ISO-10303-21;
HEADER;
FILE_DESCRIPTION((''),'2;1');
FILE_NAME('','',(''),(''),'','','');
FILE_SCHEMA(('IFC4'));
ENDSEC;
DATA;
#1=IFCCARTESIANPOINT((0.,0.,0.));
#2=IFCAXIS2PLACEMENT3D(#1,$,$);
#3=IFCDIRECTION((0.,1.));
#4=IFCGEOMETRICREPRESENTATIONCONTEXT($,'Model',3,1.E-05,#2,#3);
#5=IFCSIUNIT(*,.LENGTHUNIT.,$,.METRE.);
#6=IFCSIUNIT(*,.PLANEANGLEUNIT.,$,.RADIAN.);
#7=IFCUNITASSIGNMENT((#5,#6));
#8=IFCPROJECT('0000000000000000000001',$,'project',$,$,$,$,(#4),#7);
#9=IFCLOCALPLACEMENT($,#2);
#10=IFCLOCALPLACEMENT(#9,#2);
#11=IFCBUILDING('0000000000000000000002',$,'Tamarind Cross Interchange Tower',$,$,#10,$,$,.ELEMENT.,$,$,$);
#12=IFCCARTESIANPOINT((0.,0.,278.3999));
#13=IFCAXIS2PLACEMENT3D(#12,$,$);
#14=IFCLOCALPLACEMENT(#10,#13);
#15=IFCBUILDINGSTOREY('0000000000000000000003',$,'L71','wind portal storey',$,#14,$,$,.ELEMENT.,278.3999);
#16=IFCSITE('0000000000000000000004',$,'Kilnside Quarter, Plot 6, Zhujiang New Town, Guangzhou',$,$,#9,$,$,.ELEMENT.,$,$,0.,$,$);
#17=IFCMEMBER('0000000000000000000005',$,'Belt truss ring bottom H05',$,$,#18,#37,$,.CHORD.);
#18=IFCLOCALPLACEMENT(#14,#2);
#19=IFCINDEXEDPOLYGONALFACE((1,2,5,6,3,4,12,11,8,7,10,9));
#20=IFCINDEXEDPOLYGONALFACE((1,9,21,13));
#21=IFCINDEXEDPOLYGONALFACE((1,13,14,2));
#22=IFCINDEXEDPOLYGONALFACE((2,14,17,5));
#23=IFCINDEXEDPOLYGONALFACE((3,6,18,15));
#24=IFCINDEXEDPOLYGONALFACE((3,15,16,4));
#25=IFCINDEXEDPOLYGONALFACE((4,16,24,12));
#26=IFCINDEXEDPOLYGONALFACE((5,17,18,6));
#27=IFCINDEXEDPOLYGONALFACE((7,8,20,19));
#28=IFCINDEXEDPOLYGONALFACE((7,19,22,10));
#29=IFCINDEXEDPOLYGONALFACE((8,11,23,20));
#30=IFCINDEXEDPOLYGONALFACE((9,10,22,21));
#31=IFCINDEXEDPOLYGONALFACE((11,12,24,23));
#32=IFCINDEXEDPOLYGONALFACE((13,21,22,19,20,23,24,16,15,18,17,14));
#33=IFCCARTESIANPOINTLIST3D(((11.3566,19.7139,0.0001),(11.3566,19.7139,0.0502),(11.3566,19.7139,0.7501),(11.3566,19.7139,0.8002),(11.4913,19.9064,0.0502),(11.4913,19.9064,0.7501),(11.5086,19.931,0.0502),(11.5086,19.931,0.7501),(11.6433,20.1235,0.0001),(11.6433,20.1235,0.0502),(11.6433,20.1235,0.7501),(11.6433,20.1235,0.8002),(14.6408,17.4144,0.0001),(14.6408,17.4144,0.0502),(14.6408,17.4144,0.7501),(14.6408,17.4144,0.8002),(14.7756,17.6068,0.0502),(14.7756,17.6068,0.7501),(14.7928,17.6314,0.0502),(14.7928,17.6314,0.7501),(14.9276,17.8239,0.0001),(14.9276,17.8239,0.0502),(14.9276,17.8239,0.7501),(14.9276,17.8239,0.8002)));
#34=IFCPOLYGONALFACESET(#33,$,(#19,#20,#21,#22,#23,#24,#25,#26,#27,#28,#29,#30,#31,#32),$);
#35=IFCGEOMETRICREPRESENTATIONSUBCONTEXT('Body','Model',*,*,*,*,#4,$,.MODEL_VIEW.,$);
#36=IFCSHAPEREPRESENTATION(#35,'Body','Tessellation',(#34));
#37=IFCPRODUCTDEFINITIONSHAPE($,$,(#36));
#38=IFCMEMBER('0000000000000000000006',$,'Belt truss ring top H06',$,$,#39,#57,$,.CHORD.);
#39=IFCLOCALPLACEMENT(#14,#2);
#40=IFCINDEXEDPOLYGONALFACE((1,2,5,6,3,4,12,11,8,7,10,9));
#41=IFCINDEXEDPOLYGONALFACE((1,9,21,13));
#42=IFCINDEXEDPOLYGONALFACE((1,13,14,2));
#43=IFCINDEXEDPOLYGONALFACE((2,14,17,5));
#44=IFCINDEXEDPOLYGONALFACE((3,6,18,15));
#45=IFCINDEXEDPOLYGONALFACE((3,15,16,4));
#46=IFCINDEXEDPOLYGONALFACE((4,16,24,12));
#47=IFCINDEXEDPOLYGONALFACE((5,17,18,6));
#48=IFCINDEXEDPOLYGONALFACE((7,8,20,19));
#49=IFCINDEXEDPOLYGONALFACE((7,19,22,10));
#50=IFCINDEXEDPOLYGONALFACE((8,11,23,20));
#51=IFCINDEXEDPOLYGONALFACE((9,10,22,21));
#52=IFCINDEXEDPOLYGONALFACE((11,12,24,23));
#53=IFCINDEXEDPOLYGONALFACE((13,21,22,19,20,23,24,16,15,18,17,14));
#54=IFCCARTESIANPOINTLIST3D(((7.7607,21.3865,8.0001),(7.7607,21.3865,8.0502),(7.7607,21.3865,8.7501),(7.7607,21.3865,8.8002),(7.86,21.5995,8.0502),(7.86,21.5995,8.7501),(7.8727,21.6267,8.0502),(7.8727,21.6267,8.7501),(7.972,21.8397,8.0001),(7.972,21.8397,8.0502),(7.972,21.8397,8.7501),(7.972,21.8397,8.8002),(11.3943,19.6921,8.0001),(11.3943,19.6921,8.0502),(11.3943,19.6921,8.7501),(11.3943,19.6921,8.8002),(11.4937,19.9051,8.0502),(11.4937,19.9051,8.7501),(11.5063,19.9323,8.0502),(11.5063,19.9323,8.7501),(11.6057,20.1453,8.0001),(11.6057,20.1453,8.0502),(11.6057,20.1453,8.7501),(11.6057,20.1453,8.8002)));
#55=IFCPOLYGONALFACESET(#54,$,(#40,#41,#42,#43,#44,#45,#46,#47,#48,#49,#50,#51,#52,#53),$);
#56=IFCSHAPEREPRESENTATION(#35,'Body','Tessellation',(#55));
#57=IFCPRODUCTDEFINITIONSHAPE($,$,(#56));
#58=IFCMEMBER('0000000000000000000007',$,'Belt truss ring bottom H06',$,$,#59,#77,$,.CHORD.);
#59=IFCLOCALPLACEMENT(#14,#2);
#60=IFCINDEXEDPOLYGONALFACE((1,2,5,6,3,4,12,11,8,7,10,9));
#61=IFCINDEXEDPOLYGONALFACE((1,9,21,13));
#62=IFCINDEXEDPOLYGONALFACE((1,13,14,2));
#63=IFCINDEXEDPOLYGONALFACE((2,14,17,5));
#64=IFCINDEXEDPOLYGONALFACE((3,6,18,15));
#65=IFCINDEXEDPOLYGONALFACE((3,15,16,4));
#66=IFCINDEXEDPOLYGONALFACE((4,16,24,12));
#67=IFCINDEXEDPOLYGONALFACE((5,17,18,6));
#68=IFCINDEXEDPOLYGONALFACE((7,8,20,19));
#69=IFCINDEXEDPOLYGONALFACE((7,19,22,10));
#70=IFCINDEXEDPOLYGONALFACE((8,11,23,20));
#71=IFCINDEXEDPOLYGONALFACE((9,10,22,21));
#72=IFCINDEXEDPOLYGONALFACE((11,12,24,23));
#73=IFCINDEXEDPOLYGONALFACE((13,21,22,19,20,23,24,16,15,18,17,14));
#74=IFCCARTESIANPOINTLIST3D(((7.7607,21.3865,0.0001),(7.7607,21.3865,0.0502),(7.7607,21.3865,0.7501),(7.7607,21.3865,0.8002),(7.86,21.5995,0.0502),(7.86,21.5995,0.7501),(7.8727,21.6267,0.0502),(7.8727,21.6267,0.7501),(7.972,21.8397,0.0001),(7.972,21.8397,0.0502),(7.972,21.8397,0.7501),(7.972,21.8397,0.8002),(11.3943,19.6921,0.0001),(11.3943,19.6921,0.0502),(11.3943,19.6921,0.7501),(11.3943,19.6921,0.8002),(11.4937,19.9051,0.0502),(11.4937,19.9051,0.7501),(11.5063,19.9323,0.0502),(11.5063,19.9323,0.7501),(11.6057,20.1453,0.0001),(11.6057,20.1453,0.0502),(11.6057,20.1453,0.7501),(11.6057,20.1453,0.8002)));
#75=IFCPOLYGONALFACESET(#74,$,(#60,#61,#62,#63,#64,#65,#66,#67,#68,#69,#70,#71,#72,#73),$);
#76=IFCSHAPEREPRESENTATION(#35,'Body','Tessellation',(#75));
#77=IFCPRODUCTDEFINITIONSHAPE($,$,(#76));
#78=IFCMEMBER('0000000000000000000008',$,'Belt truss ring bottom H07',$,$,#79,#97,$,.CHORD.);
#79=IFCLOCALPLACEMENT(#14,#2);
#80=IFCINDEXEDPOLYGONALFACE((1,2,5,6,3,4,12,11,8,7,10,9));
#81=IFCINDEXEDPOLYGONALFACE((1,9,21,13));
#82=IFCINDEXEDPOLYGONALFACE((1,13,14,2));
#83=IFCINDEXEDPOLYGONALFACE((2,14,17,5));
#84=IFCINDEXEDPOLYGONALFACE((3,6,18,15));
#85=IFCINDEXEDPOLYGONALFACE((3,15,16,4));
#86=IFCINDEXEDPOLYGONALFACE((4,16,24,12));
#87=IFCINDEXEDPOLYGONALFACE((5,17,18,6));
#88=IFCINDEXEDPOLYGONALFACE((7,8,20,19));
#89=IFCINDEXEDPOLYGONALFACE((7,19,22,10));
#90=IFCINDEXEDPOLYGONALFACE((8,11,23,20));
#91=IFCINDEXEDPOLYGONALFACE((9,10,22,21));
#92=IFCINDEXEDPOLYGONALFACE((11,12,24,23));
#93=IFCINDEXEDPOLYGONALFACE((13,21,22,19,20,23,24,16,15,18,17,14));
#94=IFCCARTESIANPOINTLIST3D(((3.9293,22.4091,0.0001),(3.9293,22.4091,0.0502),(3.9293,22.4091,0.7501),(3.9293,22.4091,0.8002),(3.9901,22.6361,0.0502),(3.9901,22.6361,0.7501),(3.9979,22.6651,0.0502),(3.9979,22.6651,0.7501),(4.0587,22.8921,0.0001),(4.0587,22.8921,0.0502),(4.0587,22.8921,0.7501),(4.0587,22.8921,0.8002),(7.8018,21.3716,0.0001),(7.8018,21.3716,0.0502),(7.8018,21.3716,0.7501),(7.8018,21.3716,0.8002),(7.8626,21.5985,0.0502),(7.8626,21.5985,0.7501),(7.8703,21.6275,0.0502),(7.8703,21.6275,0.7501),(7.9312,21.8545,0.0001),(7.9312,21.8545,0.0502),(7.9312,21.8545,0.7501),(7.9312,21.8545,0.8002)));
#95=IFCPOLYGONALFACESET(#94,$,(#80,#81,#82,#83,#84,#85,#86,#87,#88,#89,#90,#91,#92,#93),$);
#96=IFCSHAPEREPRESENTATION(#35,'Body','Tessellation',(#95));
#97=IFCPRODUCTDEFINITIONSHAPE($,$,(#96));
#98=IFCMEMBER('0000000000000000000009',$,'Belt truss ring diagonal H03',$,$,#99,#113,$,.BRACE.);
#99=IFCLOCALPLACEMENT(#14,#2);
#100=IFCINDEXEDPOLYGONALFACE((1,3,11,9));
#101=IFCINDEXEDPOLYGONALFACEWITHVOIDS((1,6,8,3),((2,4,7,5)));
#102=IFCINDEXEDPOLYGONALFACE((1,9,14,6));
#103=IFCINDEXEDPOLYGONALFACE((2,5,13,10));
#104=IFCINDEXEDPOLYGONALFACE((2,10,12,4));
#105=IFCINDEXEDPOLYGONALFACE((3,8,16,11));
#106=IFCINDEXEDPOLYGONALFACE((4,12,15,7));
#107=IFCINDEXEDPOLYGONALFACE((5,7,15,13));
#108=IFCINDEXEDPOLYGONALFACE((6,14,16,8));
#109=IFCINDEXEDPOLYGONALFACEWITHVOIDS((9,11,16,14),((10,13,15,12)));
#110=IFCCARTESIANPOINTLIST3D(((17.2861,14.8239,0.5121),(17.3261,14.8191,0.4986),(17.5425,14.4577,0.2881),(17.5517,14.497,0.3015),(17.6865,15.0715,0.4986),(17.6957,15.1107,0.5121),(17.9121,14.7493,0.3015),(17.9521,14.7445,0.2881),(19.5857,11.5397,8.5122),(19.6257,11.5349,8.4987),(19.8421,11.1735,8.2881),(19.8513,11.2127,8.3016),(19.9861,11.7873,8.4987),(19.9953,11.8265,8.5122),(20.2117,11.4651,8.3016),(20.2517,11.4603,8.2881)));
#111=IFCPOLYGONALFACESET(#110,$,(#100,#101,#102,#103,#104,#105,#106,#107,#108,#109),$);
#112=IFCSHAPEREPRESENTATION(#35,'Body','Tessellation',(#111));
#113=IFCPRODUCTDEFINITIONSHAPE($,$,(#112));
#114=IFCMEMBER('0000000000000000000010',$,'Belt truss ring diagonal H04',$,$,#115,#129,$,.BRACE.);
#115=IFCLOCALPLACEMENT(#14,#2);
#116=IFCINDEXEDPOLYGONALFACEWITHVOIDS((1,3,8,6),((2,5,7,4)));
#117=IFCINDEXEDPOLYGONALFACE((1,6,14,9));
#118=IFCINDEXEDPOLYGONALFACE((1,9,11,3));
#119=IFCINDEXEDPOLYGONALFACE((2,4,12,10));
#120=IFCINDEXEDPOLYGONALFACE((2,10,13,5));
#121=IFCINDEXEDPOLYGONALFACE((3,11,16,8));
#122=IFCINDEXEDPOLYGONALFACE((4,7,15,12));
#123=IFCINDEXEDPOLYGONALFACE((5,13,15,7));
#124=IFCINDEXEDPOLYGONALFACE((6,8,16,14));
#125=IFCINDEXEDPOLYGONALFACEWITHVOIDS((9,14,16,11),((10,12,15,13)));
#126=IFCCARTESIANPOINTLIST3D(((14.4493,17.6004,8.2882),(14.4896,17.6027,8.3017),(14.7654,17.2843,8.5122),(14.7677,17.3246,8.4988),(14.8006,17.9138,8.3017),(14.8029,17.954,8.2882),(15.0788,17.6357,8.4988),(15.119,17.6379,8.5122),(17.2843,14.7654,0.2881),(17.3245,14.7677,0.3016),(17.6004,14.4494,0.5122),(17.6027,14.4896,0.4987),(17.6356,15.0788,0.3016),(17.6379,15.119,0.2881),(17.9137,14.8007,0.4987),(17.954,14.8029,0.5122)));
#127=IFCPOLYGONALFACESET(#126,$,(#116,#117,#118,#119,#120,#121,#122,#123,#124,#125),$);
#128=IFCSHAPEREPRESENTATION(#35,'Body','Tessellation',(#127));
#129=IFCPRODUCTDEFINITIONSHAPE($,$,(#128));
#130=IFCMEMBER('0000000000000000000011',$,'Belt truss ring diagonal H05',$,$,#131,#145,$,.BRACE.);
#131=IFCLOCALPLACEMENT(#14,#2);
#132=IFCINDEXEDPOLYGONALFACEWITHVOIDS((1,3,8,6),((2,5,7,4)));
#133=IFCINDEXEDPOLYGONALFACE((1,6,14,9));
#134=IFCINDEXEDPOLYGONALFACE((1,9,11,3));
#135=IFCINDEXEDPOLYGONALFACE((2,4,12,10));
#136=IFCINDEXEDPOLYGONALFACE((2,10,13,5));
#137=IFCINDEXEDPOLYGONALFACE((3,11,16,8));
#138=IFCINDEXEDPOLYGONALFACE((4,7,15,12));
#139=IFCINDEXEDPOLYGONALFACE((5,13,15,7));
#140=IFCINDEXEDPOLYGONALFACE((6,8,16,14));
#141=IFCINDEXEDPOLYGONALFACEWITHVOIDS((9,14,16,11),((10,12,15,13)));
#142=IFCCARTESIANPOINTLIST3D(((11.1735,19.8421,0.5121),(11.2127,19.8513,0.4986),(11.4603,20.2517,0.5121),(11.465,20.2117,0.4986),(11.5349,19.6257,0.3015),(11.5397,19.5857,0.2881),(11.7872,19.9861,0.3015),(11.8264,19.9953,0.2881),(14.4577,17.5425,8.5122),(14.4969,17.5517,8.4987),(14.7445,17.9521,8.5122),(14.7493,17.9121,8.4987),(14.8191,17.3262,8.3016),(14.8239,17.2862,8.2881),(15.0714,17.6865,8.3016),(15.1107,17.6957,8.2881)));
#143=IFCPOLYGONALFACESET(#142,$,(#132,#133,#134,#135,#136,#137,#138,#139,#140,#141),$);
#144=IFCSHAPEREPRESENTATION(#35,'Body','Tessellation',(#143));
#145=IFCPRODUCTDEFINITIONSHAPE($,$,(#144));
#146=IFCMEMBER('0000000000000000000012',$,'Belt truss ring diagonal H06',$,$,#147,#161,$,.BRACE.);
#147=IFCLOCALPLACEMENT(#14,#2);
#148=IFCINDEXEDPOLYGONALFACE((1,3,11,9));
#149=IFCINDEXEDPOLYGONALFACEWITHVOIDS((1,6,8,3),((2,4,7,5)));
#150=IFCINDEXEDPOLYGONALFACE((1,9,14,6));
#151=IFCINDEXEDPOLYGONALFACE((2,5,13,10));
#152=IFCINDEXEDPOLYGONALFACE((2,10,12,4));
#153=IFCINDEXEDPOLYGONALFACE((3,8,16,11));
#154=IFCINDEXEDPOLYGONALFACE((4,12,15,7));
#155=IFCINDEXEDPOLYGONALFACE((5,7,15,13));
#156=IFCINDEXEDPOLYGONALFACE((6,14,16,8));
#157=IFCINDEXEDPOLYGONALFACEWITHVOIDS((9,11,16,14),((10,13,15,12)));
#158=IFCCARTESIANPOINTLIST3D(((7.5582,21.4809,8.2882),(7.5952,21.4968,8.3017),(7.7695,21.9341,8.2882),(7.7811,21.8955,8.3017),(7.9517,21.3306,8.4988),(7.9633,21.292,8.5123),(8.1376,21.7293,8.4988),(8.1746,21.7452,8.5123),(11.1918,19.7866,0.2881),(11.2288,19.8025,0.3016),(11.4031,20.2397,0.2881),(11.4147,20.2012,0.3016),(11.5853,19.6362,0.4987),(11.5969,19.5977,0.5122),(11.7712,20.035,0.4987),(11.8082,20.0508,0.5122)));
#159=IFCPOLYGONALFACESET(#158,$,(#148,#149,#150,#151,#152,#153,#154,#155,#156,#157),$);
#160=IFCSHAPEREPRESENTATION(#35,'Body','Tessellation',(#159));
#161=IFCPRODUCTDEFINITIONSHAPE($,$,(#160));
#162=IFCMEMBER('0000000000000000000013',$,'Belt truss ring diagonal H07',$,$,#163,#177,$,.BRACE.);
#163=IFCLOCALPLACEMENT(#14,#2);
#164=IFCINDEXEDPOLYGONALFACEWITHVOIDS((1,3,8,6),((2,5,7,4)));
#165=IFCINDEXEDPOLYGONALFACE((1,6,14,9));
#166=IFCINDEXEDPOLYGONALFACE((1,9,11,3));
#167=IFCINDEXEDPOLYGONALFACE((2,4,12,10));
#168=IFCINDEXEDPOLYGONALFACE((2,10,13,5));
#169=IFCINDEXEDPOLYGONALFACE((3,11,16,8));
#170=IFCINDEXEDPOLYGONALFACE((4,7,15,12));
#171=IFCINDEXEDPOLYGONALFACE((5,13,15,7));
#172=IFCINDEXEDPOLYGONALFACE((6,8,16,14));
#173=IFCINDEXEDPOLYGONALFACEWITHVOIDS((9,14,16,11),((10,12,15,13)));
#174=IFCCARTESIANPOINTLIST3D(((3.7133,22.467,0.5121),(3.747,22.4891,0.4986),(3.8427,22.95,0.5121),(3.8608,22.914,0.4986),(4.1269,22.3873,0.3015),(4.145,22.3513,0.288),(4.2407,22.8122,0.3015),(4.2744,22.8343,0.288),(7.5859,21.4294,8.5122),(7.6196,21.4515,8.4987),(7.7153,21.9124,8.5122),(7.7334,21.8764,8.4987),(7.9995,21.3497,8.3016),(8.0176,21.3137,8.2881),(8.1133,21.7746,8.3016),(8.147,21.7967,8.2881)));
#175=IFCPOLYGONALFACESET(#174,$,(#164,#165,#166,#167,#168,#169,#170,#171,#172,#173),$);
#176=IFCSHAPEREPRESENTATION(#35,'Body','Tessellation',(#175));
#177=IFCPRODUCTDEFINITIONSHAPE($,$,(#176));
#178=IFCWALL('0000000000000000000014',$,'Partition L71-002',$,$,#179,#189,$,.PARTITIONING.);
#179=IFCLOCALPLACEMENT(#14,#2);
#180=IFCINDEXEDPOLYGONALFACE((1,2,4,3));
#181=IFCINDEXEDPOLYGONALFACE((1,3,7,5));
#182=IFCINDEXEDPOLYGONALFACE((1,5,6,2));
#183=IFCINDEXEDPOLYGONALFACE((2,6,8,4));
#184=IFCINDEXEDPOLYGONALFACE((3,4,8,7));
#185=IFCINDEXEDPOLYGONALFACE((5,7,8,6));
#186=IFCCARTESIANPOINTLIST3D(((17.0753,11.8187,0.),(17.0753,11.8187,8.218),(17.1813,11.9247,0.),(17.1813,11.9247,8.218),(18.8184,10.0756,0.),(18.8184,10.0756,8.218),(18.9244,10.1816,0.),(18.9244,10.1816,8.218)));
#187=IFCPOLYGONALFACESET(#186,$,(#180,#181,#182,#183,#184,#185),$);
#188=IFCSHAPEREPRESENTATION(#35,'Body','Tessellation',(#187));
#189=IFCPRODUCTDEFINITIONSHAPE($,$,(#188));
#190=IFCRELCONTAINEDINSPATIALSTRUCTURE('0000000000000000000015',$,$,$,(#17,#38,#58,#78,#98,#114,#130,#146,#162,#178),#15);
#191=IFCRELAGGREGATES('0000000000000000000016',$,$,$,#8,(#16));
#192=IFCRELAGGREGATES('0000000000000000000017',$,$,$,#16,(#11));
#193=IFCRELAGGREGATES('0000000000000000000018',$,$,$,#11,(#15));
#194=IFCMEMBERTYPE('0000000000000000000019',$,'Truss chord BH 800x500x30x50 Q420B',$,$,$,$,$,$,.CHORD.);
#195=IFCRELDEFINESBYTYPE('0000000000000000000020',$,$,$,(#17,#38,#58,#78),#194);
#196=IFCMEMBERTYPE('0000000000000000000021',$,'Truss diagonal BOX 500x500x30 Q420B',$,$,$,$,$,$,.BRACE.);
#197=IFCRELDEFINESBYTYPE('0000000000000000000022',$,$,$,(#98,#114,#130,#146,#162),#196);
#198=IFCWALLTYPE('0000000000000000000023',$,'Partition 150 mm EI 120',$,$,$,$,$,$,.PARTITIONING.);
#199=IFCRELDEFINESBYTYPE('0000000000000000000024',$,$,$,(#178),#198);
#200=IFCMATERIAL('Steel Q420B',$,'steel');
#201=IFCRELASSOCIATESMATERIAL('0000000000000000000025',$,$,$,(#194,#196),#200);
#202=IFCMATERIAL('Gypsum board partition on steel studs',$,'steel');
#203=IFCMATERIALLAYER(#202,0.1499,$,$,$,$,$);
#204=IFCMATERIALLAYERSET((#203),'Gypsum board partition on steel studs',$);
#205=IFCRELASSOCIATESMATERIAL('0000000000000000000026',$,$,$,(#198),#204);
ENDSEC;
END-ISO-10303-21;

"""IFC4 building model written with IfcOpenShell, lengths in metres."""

from ifc_helpers import new_model, si_unit, direction, frame, frame_2d, origin, origin_2d, place, context, subcontext, project, spatial, rectangle, hollow_rectangle, i_section, extrude, material, layer, layer_set, material_profile, profile_set, type_object, element, save


model = new_model("IFC4")

# Units and contexts
model_context = context("Model", 3, precision=1e-05, world=origin(), true_north=direction((0.0, 1.0)))
body_context = subcontext(model_context, "Body", "Model", "MODEL_VIEW")
ifc_project = project(units=[si_unit("LENGTHUNIT", "METRE"), si_unit("PLANEANGLEUNIT", "RADIAN")], contexts=[model_context])

# Site, building, storey
site_placement = place(None, origin())
site = spatial("IfcSite", under=ifc_project, at=site_placement, Name="Kilnside Quarter, Plot 6, Zhujiang New Town, Guangzhou", CompositionType="ELEMENT", RefElevation=0.0)
building_placement = place(site_placement, origin())
building = spatial("IfcBuilding", under=site, at=building_placement, Name="Tamarind Cross Interchange Tower", CompositionType="ELEMENT")
storey_placement = place(building_placement, frame((0.0, 0.0, 278.3999)))
storey = spatial("IfcBuildingStorey", under=building, at=storey_placement, Name="L71", Description="wind portal storey", CompositionType="ELEMENT", Elevation=278.3999)

# Members
ifc_material_1 = material(Name="Steel Q420B", Category="steel")
ifc_material_profile_1 = material_profile(ifc_material_1, i_section(OverallWidth=0.5, OverallDepth=0.8, WebThickness=0.03, FlangeThickness=0.05, at=origin_2d()), Name="BH 800x500x30x50")
ifc_profile_set_1 = profile_set([ifc_material_profile_1], Name="Steel Q420B")
member_type_1 = type_object("IfcMemberType", Name="Truss chord BH 800x500x30x50 Q420B", PredefinedType="CHORD", material=ifc_profile_set_1)
for number, where, z_axis, x_axis, name in (
    (1, (14.7842, 17.6191, 0.4001), (-0.819158, 0.573569, 0.0), (-0.573569, -0.819158, 0.0), "Belt truss ring bottom H05"),
    (2, (11.5, 19.9187, 8.4001), (-0.906309, 0.422615, 0.0), (-0.422615, -0.906309, 0.0), "Belt truss ring top H06"),
    (3, (11.5, 19.9187, 0.4001), (-0.906309, 0.422615, 0.0), (-0.422615, -0.906309, 0.0), "Belt truss ring bottom H06"),
):
    element("IfcMember", number, at=place(storey_placement, frame(where, z_axis=z_axis, x_axis=x_axis)), inside=storey, type_object=member_type_1, Name=name, PredefinedType="CHORD", context=body_context, shape_type="SweptSolid", body=[
        extrude(i_section(OverallWidth=0.5, OverallDepth=0.8, WebThickness=0.03, FlangeThickness=0.05, at=origin_2d()), origin(), (0.0, 0.0, 1.0), 4.0093),
    ])
member_placement = place(storey_placement, frame((7.8665, 21.613, 0.4001), z_axis=(-0.965929, 0.258807, 0.0), x_axis=(-0.258807, -0.965929, 0.0)))
element("IfcMember", 4, at=member_placement, inside=storey, type_object=member_type_1, Name="Belt truss ring bottom H07", PredefinedType="CHORD", context=body_context, shape_type="SweptSolid", body=[
    extrude(i_section(OverallWidth=0.5, OverallDepth=0.8, WebThickness=0.03, FlangeThickness=0.05, at=origin_2d()), origin(), (0.0, 0.0, 1.0), 4.009),
])
ifc_material_profile_2 = material_profile(ifc_material_1, hollow_rectangle(XDim=0.5, YDim=0.5, WallThickness=0.03, at=origin_2d()), Name="BOX 500x500x30")
ifc_profile_set_2 = profile_set([ifc_material_profile_2], Name="Steel Q420B")
member_type_2 = type_object("IfcMemberType", Name="Truss diagonal BOX 500x500x30 Q420B", PredefinedType="BRACE", material=ifc_profile_set_2)
for number, where, z_axis, x_axis, name in (
    (5, (19.9187, 11.5, 8.4001), (-0.25698, 0.367013, -0.894015), (-0.819158, -0.573569, 0.0), "Belt truss ring diagonal H03"),
    (6, (17.6191, 14.7842, 0.4001), (-0.316812, 0.316812, 0.894014), (-0.707107, -0.707107, 0.0), "Belt truss ring diagonal H04"),
    (7, (14.7842, 17.6191, 8.4001), (-0.367013, 0.25698, -0.894015), (-0.573569, -0.819158, 0.0), "Belt truss ring diagonal H05"),
    (8, (11.5, 19.9187, 0.4001), (-0.406056, 0.189346, 0.894017), (-0.422615, -0.906309, 0.0), "Belt truss ring diagonal H06"),
    (9, (7.8665, 21.613, 8.4001), (-0.432767, 0.115954, -0.894018), (-0.258807, -0.965929, 0.0), "Belt truss ring diagonal H07"),
):
    element("IfcMember", number, at=place(storey_placement, frame(where, z_axis=z_axis, x_axis=x_axis)), inside=storey, type_object=member_type_2, Name=name, PredefinedType="BRACE", context=body_context, shape_type="SweptSolid", body=[
        extrude(hollow_rectangle(XDim=0.5, YDim=0.5, WallThickness=0.03, at=origin_2d()), origin(), (0.0, 0.0, 1.0), 8.9485),
    ])

# Wall
ifc_material_2 = material(Name="Gypsum board partition on steel studs", Category="steel")
ifc_layer = layer(ifc_material_2, 0.1499)
ifc_layer_set = layer_set([ifc_layer], Name="Gypsum board partition on steel studs")
wall_type = type_object("IfcWallType", Name="Partition 150 mm EI 120", PredefinedType="PARTITIONING", material=ifc_layer_set)
wall_placement = place(storey_placement, frame((17.1284, 11.8716, 0.0), z_axis=(0.0, 0.0, 1.0), x_axis=(0.707107, -0.707107, 0.0)))
element("IfcWall", 10, at=wall_placement, inside=storey, type_object=wall_type, Name="Partition L71-002", PredefinedType="PARTITIONING", context=body_context, shape_type="SweptSolid", body=[
    extrude(rectangle(XDim=2.4651, YDim=0.1499, at=frame_2d((1.2324, 0.0))), origin(), (0.0, 0.0, 1.0), 8.218),
])

save(model, "model.ifc")
